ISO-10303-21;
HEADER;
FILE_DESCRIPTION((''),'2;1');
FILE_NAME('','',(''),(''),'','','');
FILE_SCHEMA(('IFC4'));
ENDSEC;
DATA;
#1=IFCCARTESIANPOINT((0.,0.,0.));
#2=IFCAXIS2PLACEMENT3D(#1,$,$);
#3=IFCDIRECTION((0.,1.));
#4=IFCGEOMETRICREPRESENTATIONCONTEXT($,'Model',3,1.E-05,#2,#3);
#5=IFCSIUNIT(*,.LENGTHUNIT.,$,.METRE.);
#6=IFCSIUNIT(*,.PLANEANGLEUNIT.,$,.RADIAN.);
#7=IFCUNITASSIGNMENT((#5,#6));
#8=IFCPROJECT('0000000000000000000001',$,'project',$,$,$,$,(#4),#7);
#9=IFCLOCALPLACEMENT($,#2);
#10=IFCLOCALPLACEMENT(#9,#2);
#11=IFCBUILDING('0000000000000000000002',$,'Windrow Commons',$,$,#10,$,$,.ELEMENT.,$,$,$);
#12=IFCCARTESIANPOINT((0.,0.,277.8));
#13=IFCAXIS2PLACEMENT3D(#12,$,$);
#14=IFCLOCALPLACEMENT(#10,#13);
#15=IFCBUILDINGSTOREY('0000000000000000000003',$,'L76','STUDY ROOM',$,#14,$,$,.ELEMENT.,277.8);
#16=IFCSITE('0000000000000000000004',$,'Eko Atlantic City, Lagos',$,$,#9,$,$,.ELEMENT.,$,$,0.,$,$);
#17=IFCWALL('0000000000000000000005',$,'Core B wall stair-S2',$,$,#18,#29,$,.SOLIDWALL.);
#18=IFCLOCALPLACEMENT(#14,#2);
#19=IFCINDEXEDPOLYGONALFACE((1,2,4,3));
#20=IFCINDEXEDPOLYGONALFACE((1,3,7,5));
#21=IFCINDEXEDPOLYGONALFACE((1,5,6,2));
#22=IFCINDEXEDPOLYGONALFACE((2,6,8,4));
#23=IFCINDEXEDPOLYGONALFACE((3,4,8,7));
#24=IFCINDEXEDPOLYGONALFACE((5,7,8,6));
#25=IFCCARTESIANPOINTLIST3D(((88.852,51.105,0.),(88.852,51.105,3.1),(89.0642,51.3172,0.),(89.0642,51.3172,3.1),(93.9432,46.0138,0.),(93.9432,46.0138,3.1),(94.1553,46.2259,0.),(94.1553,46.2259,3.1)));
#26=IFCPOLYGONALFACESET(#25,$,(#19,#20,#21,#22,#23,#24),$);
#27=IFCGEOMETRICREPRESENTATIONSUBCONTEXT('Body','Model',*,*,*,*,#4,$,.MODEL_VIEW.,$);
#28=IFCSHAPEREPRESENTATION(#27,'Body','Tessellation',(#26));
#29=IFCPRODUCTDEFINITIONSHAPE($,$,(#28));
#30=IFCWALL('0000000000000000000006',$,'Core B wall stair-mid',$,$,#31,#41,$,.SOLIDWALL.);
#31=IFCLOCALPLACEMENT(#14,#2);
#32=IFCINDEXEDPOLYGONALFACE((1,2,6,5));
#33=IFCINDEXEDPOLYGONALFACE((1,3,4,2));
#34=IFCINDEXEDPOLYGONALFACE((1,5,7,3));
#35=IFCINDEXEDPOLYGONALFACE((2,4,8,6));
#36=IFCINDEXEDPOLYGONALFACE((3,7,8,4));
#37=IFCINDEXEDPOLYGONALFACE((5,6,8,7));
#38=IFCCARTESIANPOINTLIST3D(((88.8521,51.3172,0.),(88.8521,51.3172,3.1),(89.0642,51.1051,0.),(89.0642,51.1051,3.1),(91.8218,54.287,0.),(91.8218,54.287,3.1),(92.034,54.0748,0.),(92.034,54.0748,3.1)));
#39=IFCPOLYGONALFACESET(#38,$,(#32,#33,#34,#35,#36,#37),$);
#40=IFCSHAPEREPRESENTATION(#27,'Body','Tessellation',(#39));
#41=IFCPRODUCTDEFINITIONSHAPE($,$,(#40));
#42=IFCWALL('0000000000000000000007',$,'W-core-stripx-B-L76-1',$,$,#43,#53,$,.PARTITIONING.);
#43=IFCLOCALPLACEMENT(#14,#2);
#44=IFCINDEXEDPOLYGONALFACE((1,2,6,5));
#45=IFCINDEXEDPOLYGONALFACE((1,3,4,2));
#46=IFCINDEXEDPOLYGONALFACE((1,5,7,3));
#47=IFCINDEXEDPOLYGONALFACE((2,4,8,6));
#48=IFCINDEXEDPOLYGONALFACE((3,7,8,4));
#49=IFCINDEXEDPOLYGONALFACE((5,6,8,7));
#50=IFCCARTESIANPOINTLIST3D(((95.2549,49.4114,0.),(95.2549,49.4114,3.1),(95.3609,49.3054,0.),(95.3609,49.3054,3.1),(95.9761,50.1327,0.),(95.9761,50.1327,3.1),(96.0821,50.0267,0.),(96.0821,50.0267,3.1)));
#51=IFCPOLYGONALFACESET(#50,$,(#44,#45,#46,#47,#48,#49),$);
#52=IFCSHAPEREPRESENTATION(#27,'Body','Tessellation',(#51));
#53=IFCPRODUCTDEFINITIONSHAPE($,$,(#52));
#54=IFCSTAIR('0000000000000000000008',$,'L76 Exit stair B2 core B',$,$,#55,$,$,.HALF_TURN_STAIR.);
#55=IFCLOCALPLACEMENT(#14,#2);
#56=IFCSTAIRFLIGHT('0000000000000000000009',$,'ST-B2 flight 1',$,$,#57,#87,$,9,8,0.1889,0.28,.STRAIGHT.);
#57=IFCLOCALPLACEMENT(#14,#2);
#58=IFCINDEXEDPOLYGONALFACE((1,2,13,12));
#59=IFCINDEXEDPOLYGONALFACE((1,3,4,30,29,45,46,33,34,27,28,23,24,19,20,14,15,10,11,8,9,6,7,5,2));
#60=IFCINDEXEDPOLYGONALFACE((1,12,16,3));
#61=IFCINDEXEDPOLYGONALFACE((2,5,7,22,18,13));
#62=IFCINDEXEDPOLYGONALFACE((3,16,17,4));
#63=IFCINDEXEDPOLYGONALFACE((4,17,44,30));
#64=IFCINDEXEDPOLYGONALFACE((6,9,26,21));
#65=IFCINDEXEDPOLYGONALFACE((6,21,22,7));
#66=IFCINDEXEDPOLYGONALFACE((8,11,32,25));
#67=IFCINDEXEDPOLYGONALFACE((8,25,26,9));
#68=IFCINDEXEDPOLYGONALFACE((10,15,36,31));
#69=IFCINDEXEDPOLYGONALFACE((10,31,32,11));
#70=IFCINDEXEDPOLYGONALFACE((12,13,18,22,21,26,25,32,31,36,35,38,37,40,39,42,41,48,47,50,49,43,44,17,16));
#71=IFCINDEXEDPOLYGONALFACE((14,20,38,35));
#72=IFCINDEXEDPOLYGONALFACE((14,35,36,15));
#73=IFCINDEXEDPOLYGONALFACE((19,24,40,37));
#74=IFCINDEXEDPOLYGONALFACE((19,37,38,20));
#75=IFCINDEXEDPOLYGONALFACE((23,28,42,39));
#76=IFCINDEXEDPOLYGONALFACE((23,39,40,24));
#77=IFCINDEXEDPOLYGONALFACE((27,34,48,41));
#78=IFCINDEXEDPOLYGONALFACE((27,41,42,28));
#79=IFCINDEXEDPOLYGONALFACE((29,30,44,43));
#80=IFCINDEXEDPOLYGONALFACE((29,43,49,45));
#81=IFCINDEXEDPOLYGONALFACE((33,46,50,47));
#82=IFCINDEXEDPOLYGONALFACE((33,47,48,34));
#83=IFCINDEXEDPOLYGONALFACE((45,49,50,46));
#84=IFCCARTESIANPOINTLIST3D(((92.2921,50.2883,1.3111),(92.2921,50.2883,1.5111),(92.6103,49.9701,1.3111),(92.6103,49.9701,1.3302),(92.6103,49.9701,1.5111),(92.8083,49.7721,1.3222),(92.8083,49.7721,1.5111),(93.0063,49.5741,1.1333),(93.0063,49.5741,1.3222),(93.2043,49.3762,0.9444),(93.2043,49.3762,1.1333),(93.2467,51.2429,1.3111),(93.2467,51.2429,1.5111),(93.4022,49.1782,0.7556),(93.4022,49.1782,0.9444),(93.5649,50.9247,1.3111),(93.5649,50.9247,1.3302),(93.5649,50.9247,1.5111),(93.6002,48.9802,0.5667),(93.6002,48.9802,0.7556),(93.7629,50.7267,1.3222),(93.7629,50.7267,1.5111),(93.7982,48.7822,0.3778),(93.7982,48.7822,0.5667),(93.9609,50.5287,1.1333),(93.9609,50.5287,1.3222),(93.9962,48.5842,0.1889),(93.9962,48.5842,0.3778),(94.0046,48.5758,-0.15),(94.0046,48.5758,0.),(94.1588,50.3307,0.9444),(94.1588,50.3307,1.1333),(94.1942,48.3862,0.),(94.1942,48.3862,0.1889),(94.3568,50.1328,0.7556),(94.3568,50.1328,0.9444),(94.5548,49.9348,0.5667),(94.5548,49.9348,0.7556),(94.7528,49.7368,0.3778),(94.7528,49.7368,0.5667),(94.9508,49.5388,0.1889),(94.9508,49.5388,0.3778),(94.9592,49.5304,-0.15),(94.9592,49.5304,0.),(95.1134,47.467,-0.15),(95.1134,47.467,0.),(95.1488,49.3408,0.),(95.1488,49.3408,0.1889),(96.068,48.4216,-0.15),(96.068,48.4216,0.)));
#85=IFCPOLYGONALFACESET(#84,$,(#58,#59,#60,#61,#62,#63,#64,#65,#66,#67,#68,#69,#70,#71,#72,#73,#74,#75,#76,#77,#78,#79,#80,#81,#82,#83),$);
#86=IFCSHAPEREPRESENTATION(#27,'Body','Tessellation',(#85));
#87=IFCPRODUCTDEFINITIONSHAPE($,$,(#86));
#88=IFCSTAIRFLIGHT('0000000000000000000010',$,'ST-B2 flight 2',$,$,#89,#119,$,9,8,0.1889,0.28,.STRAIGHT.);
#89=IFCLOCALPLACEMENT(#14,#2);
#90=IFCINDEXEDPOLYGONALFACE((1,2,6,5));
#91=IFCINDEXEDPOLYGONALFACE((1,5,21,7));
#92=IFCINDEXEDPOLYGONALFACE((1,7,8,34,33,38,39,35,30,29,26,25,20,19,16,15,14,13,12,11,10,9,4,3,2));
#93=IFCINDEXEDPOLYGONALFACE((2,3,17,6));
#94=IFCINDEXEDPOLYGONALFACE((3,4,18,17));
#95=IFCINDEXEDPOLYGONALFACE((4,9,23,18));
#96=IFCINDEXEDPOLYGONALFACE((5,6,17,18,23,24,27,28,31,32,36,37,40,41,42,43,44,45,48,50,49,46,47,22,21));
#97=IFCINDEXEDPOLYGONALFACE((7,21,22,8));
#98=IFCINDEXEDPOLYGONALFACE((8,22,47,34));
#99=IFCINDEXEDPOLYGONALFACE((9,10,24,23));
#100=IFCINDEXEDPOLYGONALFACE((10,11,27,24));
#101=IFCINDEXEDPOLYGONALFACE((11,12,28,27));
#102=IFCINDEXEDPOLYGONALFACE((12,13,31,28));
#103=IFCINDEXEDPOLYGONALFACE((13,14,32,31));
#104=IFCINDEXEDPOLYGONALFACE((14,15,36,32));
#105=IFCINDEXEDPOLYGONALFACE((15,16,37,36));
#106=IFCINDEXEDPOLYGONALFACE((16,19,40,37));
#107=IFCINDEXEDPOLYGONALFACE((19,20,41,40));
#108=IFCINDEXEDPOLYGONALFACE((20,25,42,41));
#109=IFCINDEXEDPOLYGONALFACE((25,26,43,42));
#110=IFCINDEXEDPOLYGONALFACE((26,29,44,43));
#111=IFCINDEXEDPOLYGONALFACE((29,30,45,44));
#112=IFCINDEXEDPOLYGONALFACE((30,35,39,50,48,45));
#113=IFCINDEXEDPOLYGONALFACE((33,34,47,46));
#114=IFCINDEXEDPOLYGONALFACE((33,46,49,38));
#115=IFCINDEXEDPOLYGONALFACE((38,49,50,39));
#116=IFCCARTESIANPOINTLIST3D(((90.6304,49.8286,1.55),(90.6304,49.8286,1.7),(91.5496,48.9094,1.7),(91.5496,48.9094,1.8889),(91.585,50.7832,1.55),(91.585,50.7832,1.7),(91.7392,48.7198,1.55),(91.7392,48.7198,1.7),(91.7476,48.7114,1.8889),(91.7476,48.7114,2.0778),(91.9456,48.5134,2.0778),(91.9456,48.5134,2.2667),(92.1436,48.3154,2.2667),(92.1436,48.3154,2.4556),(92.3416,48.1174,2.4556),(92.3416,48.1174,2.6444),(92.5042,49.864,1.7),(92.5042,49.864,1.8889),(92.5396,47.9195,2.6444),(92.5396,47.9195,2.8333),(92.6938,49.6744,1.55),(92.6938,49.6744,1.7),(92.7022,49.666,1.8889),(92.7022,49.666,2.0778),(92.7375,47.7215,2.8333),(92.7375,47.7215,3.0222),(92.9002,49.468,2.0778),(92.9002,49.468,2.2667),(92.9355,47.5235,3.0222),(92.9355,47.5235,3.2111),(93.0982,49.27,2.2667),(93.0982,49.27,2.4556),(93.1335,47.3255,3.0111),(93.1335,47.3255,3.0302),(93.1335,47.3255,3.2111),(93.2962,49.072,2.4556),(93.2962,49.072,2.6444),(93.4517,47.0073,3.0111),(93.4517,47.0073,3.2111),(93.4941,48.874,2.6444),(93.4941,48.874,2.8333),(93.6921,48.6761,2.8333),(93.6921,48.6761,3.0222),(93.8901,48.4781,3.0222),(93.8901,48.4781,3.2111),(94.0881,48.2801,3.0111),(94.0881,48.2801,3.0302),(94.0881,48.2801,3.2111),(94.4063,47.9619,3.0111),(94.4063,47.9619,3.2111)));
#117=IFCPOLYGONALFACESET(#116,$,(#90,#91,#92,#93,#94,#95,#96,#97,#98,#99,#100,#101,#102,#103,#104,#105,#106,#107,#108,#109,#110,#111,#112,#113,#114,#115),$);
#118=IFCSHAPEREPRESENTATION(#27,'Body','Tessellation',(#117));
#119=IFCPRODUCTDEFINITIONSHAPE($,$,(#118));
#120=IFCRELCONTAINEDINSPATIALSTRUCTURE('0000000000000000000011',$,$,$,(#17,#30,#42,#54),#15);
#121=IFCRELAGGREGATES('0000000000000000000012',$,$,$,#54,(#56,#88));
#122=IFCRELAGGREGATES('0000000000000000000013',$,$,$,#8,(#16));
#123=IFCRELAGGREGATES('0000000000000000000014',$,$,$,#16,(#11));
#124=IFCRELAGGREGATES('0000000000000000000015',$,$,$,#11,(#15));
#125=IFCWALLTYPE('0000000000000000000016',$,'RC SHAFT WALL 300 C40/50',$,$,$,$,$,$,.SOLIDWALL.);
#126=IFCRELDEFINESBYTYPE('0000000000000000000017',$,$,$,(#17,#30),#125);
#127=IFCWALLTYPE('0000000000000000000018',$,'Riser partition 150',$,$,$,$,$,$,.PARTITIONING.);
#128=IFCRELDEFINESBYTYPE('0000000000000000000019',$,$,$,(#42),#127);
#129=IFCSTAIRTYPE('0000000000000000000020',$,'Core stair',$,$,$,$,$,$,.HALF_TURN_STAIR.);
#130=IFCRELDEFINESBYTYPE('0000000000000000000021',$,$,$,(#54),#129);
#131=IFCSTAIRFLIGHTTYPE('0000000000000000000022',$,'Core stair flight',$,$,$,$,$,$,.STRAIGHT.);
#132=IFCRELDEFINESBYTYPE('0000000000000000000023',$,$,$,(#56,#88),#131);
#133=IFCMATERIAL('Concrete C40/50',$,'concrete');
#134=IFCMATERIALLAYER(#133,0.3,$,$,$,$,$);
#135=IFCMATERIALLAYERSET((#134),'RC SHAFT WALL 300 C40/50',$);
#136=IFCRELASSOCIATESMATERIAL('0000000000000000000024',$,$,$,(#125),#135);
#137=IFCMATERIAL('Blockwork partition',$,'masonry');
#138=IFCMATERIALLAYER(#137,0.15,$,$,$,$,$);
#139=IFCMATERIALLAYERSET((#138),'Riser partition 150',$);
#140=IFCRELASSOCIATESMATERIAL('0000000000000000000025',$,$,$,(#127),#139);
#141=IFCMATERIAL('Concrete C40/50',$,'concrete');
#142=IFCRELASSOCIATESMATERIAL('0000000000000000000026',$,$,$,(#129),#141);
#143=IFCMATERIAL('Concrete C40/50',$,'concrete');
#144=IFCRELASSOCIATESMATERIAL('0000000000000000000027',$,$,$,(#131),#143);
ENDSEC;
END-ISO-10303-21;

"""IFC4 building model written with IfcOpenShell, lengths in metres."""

from ifc_helpers import new_model, si_unit, direction, frame, frame_2d, origin, place, context, subcontext, project, spatial, polyline, rectangle, outline, extrude, material, layer, layer_set, type_object, element, aggregate, save


model = new_model("IFC4")

# Units and contexts
model_context = context("Model", 3, precision=1e-05, world=origin(), true_north=direction((0.0, 1.0)))
body_context = subcontext(model_context, "Body", "Model", "MODEL_VIEW")
ifc_project = project(units=[si_unit("LENGTHUNIT", "METRE"), si_unit("PLANEANGLEUNIT", "RADIAN")], contexts=[model_context])

# Site, building, storey
site_placement = place(None, origin())
site = spatial("IfcSite", under=ifc_project, at=site_placement, Name="Eko Atlantic City, Lagos", CompositionType="ELEMENT", RefElevation=0.0)
building_placement = place(site_placement, origin())
building = spatial("IfcBuilding", under=site, at=building_placement, Name="Windrow Commons", CompositionType="ELEMENT")
storey_placement = place(building_placement, frame((0.0, 0.0, 277.8)))
storey = spatial("IfcBuildingStorey", under=building, at=storey_placement, Name="L76", Description="STUDY ROOM", CompositionType="ELEMENT", Elevation=277.8)

# Walls
ifc_material_1 = material(Name="Concrete C40/50", Category="concrete")
ifc_layer_1 = layer(ifc_material_1, 0.3)
ifc_layer_set_1 = layer_set([ifc_layer_1], Name="RC SHAFT WALL 300 C40/50")
wall_type_1 = type_object("IfcWallType", Name="RC SHAFT WALL 300 C40/50", PredefinedType="SOLIDWALL", material=ifc_layer_set_1)
wall_1_placement = place(storey_placement, frame((88.9581, 51.2111, 0.0), z_axis=(0.0, 0.0, 1.0), x_axis=(0.7071, -0.707114, 0.0)))
element("IfcWall", 1, at=wall_1_placement, inside=storey, type_object=wall_type_1, Name="Core B wall stair-S2", PredefinedType="SOLIDWALL", context=body_context, shape_type="SweptSolid", body=[
    extrude(rectangle(XDim=7.2, YDim=0.3, at=frame_2d((3.6, 0.0))), origin(), (0.0, 0.0, 1.0), 3.1),
])
wall_2_placement = place(storey_placement, frame((88.9581, 51.2111, 0.0), z_axis=(0.0, 0.0, 1.0), x_axis=(0.707107, 0.707107, 0.0)))
element("IfcWall", 2, at=wall_2_placement, inside=storey, type_object=wall_type_1, Name="Core B wall stair-mid", PredefinedType="SOLIDWALL", context=body_context, shape_type="SweptSolid", body=[
    extrude(rectangle(XDim=4.1999, YDim=0.3, at=frame_2d((2.1, 0.0))), origin(), (0.0, 0.0, 1.0), 3.1),
])
ifc_material_2 = material(Name="Blockwork partition", Category="masonry")
ifc_layer_2 = layer(ifc_material_2, 0.15)
ifc_layer_set_2 = layer_set([ifc_layer_2], Name="Riser partition 150")
wall_type_2 = type_object("IfcWallType", Name="Riser partition 150", PredefinedType="PARTITIONING", material=ifc_layer_set_2)
wall_3_placement = place(storey_placement, frame((95.3079, 49.3584, 0.0), z_axis=(0.0, 0.0, 1.0), x_axis=(0.707058, 0.707156, 0.0)))
element("IfcWall", 3, at=wall_3_placement, inside=storey, type_object=wall_type_2, Name="W-core-stripx-B-L76-1", PredefinedType="PARTITIONING", context=body_context, shape_type="SweptSolid", body=[
    extrude(rectangle(XDim=1.02, YDim=0.15, at=frame_2d((0.51, 0.0))), origin(), (0.0, 0.0, 1.0), 3.1),
])

# Stair, stair flights
ifc_material_3 = material(Name="Concrete C40/50", Category="concrete")
stair_type = type_object("IfcStairType", Name="Core stair", PredefinedType="HALF_TURN_STAIR", material=ifc_material_3)
stair_placement = place(storey_placement, origin())
stair = element("IfcStair", 4, at=stair_placement, inside=storey, type_object=stair_type, Name="L76 Exit stair B2 core B", PredefinedType="HALF_TURN_STAIR")
ifc_material_4 = material(Name="Concrete C40/50", Category="concrete")
stair_flight_type = type_object("IfcStairFlightType", Name="Core stair flight", PredefinedType="STRAIGHT", material=ifc_material_4)
stair_flight_1_placement = place(storey_placement, frame((94.6715, 48.8635, 0.0), z_axis=(0.0, 0.0, 1.0), x_axis=(-0.707107, 0.707107, 0.0)))
stair_flight_1 = element("IfcStairFlight", 5, at=stair_flight_1_placement, type_object=stair_flight_type, Name="ST-B2 flight 1", NumberOfRisers=9, NumberOfTreads=8, PredefinedType="STRAIGHT", RiserHeight=0.1889, TreadLength=0.28, context=body_context, shape_type="SweptSolid", body=[
    extrude(outline(polyline([(-1.3, -0.15), (-1.3, 0.0), (0.0, 0.0), (0.0, 0.1889), (0.28, 0.1889), (0.28, 0.3778), (0.56, 0.3778), (0.56, 0.5667), (0.84, 0.5667), (0.84, 0.7556), (1.12, 0.7556), (1.12, 0.9444), (1.4, 0.9444), (1.4, 1.1333), (1.68, 1.1333), (1.68, 1.3222), (1.96, 1.3222), (1.96, 1.5111), (2.24, 1.5111), (2.69, 1.5111), (2.69, 1.3111), (2.24, 1.3111), (2.24, 1.3302), (0.2682, 0.0), (0.2682, -0.15), (-1.3, -0.15)])), frame((0.0, 0.675, 0.0), z_axis=(0.0, -1.0, 0.0), x_axis=(1.0, 0.0, 0.0)), (0.0, 0.0, 1.0), 1.35),
])
stair_flight_2_placement = place(storey_placement, frame((92.0269, 49.3867, 1.7), z_axis=(0.0, 0.0, 1.0), x_axis=(0.707107, -0.707107, 0.0)))
stair_flight_2 = element("IfcStairFlight", 6, at=stair_flight_2_placement, type_object=stair_flight_type, Name="ST-B2 flight 2", NumberOfRisers=9, NumberOfTreads=8, PredefinedType="STRAIGHT", RiserHeight=0.1889, TreadLength=0.28, context=body_context, shape_type="SweptSolid", body=[
    extrude(outline(polyline([(-1.3, -0.15), (-1.3, 0.0), (0.0, 0.0), (0.0, 0.1889), (0.28, 0.1889), (0.28, 0.3778), (0.56, 0.3778), (0.56, 0.5667), (0.84, 0.5667), (0.84, 0.7556), (1.12, 0.7556), (1.12, 0.9444), (1.4, 0.9444), (1.4, 1.1333), (1.68, 1.1333), (1.68, 1.3222), (1.96, 1.3222), (1.96, 1.5111), (2.24, 1.5111), (2.69, 1.5111), (2.69, 1.3111), (2.24, 1.3111), (2.24, 1.3302), (0.2682, 0.0), (0.2682, -0.15), (-1.3, -0.15)])), frame((0.0, 0.675, 0.0), z_axis=(0.0, -1.0, 0.0), x_axis=(1.0, 0.0, 0.0)), (0.0, 0.0, 1.0), 1.35),
])
aggregate(stair, [stair_flight_1, stair_flight_2])

save(model, "model.ifc")
